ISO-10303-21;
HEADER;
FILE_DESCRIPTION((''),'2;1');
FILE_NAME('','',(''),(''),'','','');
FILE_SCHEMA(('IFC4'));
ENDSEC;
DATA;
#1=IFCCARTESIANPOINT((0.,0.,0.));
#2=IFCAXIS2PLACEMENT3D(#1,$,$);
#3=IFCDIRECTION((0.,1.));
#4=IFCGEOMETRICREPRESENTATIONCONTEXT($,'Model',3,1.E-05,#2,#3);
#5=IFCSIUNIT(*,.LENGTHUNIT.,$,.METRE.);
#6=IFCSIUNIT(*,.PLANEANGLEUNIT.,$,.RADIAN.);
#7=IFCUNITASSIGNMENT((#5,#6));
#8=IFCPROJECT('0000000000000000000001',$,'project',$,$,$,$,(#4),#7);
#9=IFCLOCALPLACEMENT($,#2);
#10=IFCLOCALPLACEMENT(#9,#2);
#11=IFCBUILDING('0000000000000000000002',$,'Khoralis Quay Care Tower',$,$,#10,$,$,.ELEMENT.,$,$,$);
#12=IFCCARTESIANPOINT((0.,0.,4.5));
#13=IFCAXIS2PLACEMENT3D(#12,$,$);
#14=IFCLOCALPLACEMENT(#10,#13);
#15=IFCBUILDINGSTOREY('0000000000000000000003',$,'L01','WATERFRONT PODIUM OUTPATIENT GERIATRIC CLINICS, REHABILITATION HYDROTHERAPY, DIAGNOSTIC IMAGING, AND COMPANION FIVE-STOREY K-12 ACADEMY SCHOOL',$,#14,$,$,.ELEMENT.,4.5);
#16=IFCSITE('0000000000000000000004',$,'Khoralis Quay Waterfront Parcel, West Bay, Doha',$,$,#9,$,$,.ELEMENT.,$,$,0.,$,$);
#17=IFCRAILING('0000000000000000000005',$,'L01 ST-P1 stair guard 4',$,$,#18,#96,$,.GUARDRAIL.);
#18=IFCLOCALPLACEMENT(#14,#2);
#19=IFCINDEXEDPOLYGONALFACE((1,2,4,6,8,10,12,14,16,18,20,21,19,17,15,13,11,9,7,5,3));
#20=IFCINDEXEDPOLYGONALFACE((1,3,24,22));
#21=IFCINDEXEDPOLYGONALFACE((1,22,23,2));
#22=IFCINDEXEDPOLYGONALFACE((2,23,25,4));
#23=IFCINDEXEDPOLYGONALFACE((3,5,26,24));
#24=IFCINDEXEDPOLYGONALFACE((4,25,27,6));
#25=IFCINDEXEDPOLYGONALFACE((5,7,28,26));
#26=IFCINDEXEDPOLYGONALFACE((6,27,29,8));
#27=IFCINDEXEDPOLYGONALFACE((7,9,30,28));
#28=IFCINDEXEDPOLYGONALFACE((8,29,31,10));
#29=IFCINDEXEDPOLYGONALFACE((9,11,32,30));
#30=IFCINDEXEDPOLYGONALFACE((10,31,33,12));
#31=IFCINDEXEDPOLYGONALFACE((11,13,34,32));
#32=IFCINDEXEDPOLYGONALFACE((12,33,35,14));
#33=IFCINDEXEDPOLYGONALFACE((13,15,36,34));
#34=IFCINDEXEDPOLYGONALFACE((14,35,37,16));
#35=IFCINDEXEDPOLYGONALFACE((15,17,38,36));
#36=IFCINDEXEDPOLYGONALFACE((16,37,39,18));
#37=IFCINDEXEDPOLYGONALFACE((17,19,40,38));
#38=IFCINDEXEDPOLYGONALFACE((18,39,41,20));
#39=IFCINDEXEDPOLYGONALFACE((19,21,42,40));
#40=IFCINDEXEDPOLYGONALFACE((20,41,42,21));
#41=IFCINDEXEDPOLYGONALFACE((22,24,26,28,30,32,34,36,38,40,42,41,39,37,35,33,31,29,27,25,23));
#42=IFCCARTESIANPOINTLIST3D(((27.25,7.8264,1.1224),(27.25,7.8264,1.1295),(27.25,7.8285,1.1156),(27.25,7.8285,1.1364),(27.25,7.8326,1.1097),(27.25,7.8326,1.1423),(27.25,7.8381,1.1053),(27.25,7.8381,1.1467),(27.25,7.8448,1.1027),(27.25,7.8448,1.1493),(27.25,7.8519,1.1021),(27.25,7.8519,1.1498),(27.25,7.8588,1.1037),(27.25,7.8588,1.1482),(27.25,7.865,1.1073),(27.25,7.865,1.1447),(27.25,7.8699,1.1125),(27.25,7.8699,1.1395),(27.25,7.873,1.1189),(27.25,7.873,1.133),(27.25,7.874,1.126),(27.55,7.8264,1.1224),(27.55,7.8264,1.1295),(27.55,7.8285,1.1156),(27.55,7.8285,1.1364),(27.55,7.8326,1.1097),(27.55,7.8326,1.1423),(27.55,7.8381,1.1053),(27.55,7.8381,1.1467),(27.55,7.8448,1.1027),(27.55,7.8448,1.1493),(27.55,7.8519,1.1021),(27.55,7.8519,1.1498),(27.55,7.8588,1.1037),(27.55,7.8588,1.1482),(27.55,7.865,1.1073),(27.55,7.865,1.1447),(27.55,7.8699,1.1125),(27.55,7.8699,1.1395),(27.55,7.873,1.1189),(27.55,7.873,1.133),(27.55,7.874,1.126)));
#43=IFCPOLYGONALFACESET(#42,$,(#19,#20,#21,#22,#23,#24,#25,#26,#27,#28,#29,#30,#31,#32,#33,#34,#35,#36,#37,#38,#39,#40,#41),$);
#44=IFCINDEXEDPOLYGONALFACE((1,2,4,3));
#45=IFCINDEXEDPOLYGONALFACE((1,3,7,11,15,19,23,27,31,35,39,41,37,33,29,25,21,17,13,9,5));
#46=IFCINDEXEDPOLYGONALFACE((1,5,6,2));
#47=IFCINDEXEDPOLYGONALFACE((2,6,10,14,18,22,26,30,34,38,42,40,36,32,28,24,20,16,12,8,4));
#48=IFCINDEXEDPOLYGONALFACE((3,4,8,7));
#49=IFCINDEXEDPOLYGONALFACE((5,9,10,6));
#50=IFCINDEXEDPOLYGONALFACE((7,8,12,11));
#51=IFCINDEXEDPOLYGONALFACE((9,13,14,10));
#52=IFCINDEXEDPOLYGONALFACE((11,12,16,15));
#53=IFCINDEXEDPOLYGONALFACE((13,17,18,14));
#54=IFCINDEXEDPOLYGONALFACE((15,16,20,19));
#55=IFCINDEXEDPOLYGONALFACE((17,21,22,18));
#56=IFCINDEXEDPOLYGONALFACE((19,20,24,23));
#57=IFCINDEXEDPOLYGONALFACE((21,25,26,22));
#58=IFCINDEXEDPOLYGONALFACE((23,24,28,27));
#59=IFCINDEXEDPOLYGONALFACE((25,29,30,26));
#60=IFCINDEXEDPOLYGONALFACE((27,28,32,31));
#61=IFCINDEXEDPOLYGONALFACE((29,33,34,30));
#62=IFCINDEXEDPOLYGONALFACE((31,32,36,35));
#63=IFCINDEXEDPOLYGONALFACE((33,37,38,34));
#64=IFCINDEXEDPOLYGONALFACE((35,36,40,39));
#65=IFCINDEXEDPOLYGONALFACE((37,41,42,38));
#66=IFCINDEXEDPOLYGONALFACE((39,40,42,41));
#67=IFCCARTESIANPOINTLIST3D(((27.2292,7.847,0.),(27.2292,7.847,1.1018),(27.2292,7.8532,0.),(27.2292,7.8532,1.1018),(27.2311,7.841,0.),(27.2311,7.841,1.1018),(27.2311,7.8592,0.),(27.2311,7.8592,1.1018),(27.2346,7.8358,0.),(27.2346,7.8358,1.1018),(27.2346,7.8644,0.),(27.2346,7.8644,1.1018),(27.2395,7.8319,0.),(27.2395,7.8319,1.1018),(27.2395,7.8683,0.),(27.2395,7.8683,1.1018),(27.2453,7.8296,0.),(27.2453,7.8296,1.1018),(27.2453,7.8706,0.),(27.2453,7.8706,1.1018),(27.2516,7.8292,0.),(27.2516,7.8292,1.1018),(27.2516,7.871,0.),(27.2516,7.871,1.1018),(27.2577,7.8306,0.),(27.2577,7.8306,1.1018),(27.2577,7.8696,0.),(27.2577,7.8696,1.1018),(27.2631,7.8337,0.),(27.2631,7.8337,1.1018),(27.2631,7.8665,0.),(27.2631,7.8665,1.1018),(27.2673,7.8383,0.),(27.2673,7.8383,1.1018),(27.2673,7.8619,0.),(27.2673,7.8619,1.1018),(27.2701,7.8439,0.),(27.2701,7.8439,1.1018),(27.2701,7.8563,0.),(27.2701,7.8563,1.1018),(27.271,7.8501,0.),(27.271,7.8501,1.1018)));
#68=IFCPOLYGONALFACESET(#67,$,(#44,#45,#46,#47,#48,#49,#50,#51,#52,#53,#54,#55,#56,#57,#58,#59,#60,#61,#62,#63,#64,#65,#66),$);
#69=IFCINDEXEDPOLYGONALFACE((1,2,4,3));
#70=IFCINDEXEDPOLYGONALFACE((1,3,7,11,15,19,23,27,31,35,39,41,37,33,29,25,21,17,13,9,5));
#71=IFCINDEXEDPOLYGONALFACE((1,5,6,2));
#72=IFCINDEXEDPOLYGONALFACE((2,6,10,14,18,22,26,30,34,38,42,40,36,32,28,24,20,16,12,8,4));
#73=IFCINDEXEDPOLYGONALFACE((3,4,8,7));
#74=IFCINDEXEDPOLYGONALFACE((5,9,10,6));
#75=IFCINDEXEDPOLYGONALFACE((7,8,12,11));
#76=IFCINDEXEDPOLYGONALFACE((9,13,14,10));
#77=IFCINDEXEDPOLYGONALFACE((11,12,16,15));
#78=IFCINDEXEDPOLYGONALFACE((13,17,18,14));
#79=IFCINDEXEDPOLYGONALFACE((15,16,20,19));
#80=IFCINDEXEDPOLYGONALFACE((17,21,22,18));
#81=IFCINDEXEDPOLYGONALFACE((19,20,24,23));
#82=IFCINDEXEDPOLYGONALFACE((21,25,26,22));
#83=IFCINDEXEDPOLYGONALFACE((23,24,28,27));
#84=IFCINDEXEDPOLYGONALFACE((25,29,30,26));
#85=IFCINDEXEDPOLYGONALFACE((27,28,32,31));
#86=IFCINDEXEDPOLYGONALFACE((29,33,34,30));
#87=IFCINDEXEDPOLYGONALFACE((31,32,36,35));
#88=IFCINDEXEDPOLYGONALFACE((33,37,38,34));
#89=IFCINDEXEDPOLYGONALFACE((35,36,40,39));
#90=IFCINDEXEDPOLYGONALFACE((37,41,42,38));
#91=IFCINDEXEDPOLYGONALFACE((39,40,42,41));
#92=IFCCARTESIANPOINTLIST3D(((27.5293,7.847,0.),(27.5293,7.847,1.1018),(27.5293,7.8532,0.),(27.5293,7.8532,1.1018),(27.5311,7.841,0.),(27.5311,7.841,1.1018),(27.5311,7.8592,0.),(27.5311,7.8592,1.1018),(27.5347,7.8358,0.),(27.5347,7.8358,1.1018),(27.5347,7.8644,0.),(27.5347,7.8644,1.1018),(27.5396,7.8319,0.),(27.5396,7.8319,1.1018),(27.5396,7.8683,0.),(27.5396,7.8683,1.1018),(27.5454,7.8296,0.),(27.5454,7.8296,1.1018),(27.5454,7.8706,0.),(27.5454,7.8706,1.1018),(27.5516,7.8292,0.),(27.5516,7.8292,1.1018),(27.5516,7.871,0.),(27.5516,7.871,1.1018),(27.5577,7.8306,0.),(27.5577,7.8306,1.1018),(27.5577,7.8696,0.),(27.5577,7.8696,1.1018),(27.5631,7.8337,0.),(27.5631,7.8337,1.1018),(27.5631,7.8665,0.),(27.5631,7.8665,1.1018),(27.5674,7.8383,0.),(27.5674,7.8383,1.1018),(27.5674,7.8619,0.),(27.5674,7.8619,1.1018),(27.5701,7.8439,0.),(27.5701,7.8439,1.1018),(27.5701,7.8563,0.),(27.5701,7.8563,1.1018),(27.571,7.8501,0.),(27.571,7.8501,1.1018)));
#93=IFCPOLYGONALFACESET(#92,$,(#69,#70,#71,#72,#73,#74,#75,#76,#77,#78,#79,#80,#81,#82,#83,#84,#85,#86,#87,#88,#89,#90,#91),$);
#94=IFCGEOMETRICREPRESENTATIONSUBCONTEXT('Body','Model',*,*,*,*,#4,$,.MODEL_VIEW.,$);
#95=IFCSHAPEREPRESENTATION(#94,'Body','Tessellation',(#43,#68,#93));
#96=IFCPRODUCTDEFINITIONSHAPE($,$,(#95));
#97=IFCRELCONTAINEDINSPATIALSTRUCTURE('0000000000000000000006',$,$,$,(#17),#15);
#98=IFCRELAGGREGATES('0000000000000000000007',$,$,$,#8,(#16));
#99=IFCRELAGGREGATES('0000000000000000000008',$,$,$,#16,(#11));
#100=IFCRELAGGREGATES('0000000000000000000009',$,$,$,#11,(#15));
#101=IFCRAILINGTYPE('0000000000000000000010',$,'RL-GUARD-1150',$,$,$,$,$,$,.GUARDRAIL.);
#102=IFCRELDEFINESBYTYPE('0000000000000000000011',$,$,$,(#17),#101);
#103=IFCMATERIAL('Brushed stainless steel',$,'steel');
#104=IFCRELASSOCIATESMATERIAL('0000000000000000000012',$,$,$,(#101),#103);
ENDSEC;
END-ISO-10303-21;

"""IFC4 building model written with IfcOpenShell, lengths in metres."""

from ifc_helpers import new_model, si_unit, direction, frame, origin, origin_2d, place, context, subcontext, project, spatial, circle, extrude, material, type_object, element, save


model = new_model("IFC4")

# Units and contexts
model_context = context("Model", 3, precision=1e-05, world=origin(), true_north=direction((0.0, 1.0)))
body_context = subcontext(model_context, "Body", "Model", "MODEL_VIEW")
ifc_project = project(units=[si_unit("LENGTHUNIT", "METRE"), si_unit("PLANEANGLEUNIT", "RADIAN")], contexts=[model_context])

# Site, building, storey
site_placement = place(None, origin())
site = spatial("IfcSite", under=ifc_project, at=site_placement, Name="Khoralis Quay Waterfront Parcel, West Bay, Doha", CompositionType="ELEMENT", RefElevation=0.0)
building_placement = place(site_placement, origin())
building = spatial("IfcBuilding", under=site, at=building_placement, Name="Khoralis Quay Care Tower", CompositionType="ELEMENT")
storey_placement = place(building_placement, frame((0.0, 0.0, 4.5)))
storey = spatial("IfcBuildingStorey", under=building, at=storey_placement, Name="L01", Description="WATERFRONT PODIUM OUTPATIENT GERIATRIC CLINICS, REHABILITATION HYDROTHERAPY, DIAGNOSTIC IMAGING, AND COMPANION FIVE-STOREY K-12 ACADEMY SCHOOL", CompositionType="ELEMENT", Elevation=4.5)

# Shared definitions
ifc_material_1 = material(Name="Brushed stainless steel", Category="steel")

# Railing
railing_type_1 = type_object("IfcRailingType", Name="RL-GUARD-1150", PredefinedType="GUARDRAIL", material=ifc_material_1)
railing_1_placement = place(storey_placement, frame((27.25, 7.8501, 0.0)))
element("IfcRailing", 1, at=railing_1_placement, inside=storey, type_object=railing_type_1, Name="L01 ST-P1 stair guard 4", PredefinedType="GUARDRAIL", context=body_context, shape_type="SweptSolid", body=[
    extrude(circle(Radius=0.0239, at=origin_2d()), frame((0.0, 0.0, 1.126), z_axis=(1.0, 0.0, 0.0), x_axis=(0.0, 1.0, 0.0)), (0.0, 0.0, 1.0), 0.3),
    extrude(circle(Radius=0.021, at=origin_2d()), origin(), (0.0, 0.0, 1.0), 1.1018),
    extrude(circle(Radius=0.021, at=origin_2d()), frame((0.3, 0.0, 0.0)), (0.0, 0.0, 1.0), 1.1018),
])

save(model, "model.ifc")
